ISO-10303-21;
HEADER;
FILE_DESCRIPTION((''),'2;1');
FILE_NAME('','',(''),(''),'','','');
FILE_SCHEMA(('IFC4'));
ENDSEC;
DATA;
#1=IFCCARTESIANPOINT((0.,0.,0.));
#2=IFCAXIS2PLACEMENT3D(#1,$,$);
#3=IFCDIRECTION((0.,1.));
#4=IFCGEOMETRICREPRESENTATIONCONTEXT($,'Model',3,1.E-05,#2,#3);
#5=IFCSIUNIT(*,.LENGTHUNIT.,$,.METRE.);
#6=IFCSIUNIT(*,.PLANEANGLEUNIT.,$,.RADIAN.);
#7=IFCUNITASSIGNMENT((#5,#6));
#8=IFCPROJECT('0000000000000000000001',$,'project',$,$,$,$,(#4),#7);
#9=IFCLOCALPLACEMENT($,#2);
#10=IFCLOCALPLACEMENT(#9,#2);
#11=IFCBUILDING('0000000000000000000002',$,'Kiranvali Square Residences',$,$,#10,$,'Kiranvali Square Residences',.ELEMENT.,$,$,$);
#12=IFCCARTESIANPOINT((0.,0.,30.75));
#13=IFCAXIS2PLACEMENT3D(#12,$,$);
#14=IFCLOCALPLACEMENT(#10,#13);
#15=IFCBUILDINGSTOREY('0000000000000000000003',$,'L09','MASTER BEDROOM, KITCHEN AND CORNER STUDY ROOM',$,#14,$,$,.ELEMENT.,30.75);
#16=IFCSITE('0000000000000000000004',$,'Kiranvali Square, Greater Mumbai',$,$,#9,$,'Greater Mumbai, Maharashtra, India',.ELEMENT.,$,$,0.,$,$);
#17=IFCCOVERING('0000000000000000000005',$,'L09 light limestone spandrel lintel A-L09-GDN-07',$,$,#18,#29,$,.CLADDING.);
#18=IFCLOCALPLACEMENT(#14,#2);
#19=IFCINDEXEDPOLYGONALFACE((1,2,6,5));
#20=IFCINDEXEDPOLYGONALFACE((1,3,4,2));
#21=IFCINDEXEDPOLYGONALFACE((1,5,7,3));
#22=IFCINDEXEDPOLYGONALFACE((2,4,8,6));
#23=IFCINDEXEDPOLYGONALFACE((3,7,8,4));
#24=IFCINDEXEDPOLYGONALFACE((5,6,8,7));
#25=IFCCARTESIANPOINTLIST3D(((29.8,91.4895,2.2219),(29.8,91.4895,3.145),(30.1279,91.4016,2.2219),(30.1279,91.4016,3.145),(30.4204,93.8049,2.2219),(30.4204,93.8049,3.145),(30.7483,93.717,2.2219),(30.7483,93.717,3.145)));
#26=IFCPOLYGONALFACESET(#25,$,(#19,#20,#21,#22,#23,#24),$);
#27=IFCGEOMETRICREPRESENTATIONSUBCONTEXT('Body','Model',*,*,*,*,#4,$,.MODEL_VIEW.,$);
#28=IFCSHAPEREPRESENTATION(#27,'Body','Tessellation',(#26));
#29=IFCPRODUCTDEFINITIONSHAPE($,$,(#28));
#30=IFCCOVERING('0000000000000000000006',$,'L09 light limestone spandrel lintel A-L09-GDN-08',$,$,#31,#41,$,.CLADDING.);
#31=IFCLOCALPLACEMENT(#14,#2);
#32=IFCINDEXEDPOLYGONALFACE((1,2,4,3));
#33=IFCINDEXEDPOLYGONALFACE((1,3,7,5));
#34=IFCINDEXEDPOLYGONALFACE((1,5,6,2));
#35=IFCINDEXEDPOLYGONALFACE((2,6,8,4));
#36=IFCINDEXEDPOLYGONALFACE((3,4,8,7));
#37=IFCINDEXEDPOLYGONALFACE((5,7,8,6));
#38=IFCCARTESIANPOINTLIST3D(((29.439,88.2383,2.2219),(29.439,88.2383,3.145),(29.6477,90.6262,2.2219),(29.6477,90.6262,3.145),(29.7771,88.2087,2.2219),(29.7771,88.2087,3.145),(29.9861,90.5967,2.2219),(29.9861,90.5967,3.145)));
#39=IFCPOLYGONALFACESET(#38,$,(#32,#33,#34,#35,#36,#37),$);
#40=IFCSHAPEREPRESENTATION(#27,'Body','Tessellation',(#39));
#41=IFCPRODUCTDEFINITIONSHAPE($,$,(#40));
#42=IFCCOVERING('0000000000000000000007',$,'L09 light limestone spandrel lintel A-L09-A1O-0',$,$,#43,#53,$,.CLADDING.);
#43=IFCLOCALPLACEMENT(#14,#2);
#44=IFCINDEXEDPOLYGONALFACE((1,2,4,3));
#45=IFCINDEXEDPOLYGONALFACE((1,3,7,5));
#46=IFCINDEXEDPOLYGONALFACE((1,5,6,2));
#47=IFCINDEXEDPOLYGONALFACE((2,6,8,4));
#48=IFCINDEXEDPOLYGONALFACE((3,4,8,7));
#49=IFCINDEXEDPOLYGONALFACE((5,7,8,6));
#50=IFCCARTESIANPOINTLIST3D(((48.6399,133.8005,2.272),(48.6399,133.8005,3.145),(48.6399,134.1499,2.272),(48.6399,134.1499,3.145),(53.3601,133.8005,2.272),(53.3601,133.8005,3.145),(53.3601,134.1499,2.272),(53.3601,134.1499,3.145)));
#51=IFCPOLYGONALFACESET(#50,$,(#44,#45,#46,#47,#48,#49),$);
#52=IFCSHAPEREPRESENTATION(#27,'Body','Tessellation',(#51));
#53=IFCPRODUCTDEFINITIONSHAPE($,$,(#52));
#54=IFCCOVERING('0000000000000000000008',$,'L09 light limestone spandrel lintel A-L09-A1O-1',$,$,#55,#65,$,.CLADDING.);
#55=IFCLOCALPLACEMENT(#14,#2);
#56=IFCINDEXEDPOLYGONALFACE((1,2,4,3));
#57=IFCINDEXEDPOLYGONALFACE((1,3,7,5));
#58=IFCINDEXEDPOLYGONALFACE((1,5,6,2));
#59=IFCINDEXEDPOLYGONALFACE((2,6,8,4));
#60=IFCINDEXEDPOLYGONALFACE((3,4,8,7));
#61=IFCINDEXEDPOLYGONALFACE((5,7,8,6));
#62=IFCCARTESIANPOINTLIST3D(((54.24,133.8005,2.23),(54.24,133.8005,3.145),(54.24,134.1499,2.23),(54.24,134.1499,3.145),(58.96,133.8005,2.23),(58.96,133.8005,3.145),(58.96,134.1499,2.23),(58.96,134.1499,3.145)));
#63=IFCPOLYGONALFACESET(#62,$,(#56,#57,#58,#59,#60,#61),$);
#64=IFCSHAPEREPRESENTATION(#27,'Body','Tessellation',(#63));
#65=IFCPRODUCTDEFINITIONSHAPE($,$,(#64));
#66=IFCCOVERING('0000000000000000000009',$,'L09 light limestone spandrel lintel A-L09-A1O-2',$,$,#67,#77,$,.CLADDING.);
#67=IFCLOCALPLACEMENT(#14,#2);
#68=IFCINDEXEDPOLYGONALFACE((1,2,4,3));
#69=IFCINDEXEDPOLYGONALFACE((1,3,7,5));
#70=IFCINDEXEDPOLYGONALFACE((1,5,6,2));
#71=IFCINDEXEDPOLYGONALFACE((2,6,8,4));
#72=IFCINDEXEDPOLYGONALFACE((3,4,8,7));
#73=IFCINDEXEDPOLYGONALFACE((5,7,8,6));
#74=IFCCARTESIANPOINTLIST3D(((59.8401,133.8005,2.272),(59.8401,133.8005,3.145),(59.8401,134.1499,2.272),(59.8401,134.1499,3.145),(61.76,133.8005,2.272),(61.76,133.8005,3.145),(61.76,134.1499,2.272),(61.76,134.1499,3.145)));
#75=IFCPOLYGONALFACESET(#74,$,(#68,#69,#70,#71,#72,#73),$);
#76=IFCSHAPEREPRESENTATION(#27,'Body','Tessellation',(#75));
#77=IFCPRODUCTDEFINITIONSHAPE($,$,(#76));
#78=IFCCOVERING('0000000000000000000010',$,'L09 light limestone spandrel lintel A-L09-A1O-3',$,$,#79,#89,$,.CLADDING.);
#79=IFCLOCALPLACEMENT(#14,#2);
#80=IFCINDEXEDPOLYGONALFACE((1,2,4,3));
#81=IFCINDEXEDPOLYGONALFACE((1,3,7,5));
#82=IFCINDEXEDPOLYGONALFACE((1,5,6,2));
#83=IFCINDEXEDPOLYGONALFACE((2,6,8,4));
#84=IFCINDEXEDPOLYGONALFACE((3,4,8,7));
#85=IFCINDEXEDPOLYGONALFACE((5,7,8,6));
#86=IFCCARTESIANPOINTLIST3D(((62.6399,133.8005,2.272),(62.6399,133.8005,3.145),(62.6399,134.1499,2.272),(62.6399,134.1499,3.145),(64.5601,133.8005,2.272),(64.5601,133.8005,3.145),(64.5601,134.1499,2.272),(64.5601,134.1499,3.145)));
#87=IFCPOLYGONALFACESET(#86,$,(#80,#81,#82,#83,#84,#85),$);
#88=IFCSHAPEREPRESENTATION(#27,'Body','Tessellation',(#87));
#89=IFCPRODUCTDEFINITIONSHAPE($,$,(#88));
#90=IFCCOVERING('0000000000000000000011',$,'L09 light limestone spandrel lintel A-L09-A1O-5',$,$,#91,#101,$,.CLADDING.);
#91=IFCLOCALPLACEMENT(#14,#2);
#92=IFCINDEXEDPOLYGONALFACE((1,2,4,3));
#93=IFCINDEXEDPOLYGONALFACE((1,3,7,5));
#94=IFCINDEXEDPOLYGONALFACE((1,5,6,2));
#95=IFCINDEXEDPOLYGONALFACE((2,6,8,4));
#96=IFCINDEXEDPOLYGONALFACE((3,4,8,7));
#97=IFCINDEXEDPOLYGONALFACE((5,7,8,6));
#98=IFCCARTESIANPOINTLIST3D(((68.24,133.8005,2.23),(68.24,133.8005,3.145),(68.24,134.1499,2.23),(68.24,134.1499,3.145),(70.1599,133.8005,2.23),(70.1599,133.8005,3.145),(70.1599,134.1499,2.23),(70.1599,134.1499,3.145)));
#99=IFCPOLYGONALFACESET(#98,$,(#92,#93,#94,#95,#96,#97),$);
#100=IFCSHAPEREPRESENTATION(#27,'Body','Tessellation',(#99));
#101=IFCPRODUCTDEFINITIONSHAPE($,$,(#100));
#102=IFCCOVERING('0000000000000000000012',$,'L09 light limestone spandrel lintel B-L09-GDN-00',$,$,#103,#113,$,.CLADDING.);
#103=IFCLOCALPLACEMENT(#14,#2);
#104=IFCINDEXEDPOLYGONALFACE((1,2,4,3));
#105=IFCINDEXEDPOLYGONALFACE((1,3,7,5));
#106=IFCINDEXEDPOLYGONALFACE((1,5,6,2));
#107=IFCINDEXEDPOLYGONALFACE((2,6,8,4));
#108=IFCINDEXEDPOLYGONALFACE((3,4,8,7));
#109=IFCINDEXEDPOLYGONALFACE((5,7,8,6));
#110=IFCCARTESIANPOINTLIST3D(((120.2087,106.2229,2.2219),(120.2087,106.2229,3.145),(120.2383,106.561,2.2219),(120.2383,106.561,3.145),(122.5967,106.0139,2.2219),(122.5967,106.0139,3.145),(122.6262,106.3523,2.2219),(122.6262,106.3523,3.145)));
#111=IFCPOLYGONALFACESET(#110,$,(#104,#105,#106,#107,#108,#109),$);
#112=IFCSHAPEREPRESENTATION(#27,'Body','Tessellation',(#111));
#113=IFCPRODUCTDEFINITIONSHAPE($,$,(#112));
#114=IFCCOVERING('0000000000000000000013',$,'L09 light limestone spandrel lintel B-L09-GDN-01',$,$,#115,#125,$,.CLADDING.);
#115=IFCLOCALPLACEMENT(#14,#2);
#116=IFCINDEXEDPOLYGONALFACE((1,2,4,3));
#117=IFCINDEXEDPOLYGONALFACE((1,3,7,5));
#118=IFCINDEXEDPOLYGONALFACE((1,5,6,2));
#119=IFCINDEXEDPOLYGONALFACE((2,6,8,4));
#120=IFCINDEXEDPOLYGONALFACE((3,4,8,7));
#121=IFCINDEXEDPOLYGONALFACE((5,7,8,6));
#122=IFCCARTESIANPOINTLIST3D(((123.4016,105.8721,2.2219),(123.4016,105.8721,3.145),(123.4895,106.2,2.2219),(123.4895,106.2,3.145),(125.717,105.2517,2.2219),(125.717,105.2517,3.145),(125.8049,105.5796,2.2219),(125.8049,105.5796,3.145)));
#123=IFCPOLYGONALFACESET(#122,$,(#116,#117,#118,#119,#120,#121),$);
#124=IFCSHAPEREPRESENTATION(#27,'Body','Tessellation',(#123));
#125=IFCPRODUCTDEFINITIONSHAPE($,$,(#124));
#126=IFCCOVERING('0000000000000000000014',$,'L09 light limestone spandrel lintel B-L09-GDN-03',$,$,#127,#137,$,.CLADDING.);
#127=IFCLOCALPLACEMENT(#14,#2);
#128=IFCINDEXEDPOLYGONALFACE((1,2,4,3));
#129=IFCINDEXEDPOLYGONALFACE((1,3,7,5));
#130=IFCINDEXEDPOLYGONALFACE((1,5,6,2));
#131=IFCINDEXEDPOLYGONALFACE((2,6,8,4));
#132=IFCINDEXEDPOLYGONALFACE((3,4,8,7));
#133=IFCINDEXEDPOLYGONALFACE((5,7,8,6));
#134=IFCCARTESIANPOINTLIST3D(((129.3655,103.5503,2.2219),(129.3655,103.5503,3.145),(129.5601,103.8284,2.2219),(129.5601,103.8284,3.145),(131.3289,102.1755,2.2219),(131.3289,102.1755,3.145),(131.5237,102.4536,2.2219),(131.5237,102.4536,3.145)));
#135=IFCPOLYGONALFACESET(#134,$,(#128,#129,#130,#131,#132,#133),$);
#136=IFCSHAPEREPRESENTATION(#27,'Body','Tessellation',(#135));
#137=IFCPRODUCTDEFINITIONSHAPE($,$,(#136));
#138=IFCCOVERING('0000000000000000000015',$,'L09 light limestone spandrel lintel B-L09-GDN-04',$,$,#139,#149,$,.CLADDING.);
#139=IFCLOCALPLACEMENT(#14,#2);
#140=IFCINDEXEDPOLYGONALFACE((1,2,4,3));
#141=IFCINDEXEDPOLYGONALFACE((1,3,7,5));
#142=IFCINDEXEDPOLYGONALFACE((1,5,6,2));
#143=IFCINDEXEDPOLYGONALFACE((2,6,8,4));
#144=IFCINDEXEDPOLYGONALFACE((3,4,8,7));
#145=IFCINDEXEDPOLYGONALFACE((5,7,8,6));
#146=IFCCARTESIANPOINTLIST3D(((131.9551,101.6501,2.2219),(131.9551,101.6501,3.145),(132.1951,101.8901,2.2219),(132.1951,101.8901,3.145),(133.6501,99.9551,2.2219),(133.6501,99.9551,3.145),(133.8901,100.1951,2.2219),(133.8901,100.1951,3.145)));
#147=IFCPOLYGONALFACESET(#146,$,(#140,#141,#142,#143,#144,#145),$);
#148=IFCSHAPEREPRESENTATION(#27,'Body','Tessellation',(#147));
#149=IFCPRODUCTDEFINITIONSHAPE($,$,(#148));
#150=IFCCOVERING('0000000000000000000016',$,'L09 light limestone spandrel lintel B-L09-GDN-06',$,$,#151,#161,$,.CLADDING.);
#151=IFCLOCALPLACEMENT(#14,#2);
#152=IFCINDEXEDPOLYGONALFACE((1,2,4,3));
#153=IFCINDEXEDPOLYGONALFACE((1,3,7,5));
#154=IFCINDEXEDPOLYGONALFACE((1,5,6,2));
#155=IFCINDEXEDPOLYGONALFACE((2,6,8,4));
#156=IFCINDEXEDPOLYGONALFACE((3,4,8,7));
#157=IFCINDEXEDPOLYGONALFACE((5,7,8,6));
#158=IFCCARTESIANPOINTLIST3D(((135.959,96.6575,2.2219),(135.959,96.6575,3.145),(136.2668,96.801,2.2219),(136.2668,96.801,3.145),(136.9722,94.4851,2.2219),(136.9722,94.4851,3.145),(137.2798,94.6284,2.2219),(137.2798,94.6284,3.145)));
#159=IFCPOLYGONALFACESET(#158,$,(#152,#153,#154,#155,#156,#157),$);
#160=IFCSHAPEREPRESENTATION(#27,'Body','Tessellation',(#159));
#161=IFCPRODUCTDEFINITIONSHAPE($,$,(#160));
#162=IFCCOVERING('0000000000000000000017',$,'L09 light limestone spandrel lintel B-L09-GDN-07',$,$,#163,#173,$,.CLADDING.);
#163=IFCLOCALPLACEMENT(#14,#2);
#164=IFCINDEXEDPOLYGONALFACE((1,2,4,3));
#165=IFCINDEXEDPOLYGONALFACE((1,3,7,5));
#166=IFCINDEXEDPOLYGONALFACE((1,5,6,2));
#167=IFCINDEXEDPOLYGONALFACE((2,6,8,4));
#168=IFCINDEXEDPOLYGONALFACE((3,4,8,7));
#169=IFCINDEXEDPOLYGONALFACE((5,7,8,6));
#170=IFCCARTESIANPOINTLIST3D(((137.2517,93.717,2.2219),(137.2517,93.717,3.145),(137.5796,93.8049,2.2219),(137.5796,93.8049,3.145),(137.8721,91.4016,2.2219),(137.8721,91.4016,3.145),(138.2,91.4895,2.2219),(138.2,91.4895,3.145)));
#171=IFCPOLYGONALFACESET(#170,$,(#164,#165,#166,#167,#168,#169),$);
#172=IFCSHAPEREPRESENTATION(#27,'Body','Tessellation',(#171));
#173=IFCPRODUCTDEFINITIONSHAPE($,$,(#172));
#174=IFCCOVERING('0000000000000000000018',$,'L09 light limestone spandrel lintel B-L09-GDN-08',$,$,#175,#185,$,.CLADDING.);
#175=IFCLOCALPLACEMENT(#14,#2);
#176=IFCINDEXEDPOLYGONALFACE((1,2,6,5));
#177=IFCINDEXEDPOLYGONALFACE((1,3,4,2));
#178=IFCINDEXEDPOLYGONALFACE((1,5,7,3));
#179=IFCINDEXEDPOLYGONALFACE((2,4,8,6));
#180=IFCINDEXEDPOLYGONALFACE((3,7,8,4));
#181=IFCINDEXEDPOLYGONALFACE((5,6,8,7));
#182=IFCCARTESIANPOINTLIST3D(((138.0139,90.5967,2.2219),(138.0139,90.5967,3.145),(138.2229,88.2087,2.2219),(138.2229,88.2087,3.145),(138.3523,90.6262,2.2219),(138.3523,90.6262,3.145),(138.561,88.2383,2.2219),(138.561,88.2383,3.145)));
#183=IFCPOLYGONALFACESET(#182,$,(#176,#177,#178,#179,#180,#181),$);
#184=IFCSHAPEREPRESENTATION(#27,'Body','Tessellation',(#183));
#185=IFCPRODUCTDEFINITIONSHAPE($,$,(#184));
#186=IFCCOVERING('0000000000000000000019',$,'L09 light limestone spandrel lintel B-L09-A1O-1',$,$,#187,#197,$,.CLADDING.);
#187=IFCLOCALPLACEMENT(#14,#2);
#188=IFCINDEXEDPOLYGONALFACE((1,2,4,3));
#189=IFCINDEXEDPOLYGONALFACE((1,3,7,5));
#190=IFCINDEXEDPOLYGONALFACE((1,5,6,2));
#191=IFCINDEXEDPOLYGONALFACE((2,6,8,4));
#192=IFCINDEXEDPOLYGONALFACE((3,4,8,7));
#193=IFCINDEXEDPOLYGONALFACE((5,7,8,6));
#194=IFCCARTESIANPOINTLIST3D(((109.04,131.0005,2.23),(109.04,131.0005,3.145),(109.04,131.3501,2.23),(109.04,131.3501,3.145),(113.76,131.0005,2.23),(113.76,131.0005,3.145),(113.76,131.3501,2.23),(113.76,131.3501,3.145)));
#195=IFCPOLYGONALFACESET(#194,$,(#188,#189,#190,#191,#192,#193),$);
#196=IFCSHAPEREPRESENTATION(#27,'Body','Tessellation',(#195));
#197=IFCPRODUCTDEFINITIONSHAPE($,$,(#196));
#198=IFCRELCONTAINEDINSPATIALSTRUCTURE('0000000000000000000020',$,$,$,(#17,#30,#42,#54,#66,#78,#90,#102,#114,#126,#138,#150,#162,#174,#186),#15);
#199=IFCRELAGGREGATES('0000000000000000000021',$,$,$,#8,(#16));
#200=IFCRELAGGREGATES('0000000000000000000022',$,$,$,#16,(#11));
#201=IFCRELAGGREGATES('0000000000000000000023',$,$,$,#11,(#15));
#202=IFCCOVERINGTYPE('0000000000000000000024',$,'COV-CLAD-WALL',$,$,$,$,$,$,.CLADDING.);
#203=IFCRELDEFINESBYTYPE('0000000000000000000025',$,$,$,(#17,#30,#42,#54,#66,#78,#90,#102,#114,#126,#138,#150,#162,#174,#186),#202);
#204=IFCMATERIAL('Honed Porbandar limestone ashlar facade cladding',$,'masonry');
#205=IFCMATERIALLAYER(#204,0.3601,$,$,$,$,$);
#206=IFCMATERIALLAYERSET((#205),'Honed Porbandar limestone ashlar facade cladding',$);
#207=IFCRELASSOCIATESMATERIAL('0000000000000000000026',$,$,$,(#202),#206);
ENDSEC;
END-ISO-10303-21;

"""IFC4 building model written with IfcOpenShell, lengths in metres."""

from ifc_helpers import new_model, si_unit, direction, frame, origin, place, context, subcontext, project, spatial, polyline, outline, extrude, material, layer, layer_set, type_object, element, save


model = new_model("IFC4")

# Units and contexts
model_context = context("Model", 3, precision=1e-05, world=origin(), true_north=direction((0.0, 1.0)))
body_context = subcontext(model_context, "Body", "Model", "MODEL_VIEW")
ifc_project = project(units=[si_unit("LENGTHUNIT", "METRE"), si_unit("PLANEANGLEUNIT", "RADIAN")], contexts=[model_context])

# Site, building, storey
site_placement = place(None, origin())
site = spatial("IfcSite", under=ifc_project, at=site_placement, Name="Kiranvali Square, Greater Mumbai", LongName="Greater Mumbai, Maharashtra, India", CompositionType="ELEMENT", RefElevation=0.0)
building_placement = place(site_placement, origin())
building = spatial("IfcBuilding", under=site, at=building_placement, Name="Kiranvali Square Residences", LongName="Kiranvali Square Residences", CompositionType="ELEMENT")
storey_placement = place(building_placement, frame((0.0, 0.0, 30.75)))
storey = spatial("IfcBuildingStorey", under=building, at=storey_placement, Name="L09", Description="MASTER BEDROOM, KITCHEN AND CORNER STUDY ROOM", CompositionType="ELEMENT", Elevation=30.75)

# Coverings
ifc_material = material(Name="Honed Porbandar limestone ashlar facade cladding", Category="masonry")
ifc_layer = layer(ifc_material, 0.3601)
ifc_layer_set = layer_set([ifc_layer], Name="Honed Porbandar limestone ashlar facade cladding")
covering_type = type_object("IfcCoveringType", Name="COV-CLAD-WALL", PredefinedType="CLADDING", material=ifc_layer_set)
covering_1_placement = place(storey_placement, frame((0.0, 0.0, 2.2219)))
element("IfcCovering", 1, at=covering_1_placement, inside=storey, type_object=covering_type, Name="L09 light limestone spandrel lintel A-L09-GDN-07", PredefinedType="CLADDING", context=body_context, shape_type="SweptSolid", body=[
    extrude(outline(polyline([(30.4204, 93.8049), (29.8, 91.4895), (30.1279, 91.4016), (30.7483, 93.717), (30.4204, 93.8049)])), origin(), (0.0, 0.0, 1.0), 0.9231),
])
covering_2_placement = place(storey_placement, frame((0.0, 0.0, 2.2219)))
element("IfcCovering", 2, at=covering_2_placement, inside=storey, type_object=covering_type, Name="L09 light limestone spandrel lintel A-L09-GDN-08", PredefinedType="CLADDING", context=body_context, shape_type="SweptSolid", body=[
    extrude(outline(polyline([(29.6477, 90.6262), (29.439, 88.2383), (29.7771, 88.2087), (29.9861, 90.5967), (29.6477, 90.6262)])), origin(), (0.0, 0.0, 1.0), 0.9231),
])
covering_3_placement = place(storey_placement, frame((0.0, 0.0, 2.272)))
element("IfcCovering", 3, at=covering_3_placement, inside=storey, type_object=covering_type, Name="L09 light limestone spandrel lintel A-L09-A1O-0", PredefinedType="CLADDING", context=body_context, shape_type="SweptSolid", body=[
    extrude(outline(polyline([(48.6399, 133.8005), (53.3601, 133.8005), (53.3601, 134.1499), (48.6399, 134.1499), (48.6399, 133.8005)])), origin(), (0.0, 0.0, 1.0), 0.873),
])
covering_4_placement = place(storey_placement, frame((0.0, 0.0, 2.23)))
element("IfcCovering", 4, at=covering_4_placement, inside=storey, type_object=covering_type, Name="L09 light limestone spandrel lintel A-L09-A1O-1", PredefinedType="CLADDING", context=body_context, shape_type="SweptSolid", body=[
    extrude(outline(polyline([(54.24, 133.8005), (58.96, 133.8005), (58.96, 134.1499), (54.24, 134.1499), (54.24, 133.8005)])), origin(), (0.0, 0.0, 1.0), 0.915),
])
covering_5_placement = place(storey_placement, frame((0.0, 0.0, 2.272)))
element("IfcCovering", 5, at=covering_5_placement, inside=storey, type_object=covering_type, Name="L09 light limestone spandrel lintel A-L09-A1O-2", PredefinedType="CLADDING", context=body_context, shape_type="SweptSolid", body=[
    extrude(outline(polyline([(59.8401, 133.8005), (61.76, 133.8005), (61.76, 134.1499), (59.8401, 134.1499), (59.8401, 133.8005)])), origin(), (0.0, 0.0, 1.0), 0.873),
])
covering_6_placement = place(storey_placement, frame((0.0, 0.0, 2.272)))
element("IfcCovering", 6, at=covering_6_placement, inside=storey, type_object=covering_type, Name="L09 light limestone spandrel lintel A-L09-A1O-3", PredefinedType="CLADDING", context=body_context, shape_type="SweptSolid", body=[
    extrude(outline(polyline([(62.6399, 133.8005), (64.5601, 133.8005), (64.5601, 134.1499), (62.6399, 134.1499), (62.6399, 133.8005)])), origin(), (0.0, 0.0, 1.0), 0.873),
])
covering_7_placement = place(storey_placement, frame((0.0, 0.0, 2.23)))
element("IfcCovering", 7, at=covering_7_placement, inside=storey, type_object=covering_type, Name="L09 light limestone spandrel lintel A-L09-A1O-5", PredefinedType="CLADDING", context=body_context, shape_type="SweptSolid", body=[
    extrude(outline(polyline([(68.24, 133.8005), (70.1599, 133.8005), (70.1599, 134.1499), (68.24, 134.1499), (68.24, 133.8005)])), origin(), (0.0, 0.0, 1.0), 0.915),
])
covering_8_placement = place(storey_placement, frame((0.0, 0.0, 2.2219)))
element("IfcCovering", 8, at=covering_8_placement, inside=storey, type_object=covering_type, Name="L09 light limestone spandrel lintel B-L09-GDN-00", PredefinedType="CLADDING", context=body_context, shape_type="SweptSolid", body=[
    extrude(outline(polyline([(120.2087, 106.2229), (122.5967, 106.0139), (122.6262, 106.3523), (120.2383, 106.561), (120.2087, 106.2229)])), origin(), (0.0, 0.0, 1.0), 0.9231),
])
covering_9_placement = place(storey_placement, frame((0.0, 0.0, 2.2219)))
element("IfcCovering", 9, at=covering_9_placement, inside=storey, type_object=covering_type, Name="L09 light limestone spandrel lintel B-L09-GDN-01", PredefinedType="CLADDING", context=body_context, shape_type="SweptSolid", body=[
    extrude(outline(polyline([(123.4016, 105.8721), (125.717, 105.2517), (125.8049, 105.5796), (123.4895, 106.2), (123.4016, 105.8721)])), origin(), (0.0, 0.0, 1.0), 0.9231),
])
covering_10_placement = place(storey_placement, frame((0.0, 0.0, 2.2219)))
element("IfcCovering", 10, at=covering_10_placement, inside=storey, type_object=covering_type, Name="L09 light limestone spandrel lintel B-L09-GDN-03", PredefinedType="CLADDING", context=body_context, shape_type="SweptSolid", body=[
    extrude(outline(polyline([(129.3655, 103.5503), (131.3289, 102.1755), (131.5237, 102.4536), (129.5601, 103.8284), (129.3655, 103.5503)])), origin(), (0.0, 0.0, 1.0), 0.9231),
])
covering_11_placement = place(storey_placement, frame((0.0, 0.0, 2.2219)))
element("IfcCovering", 11, at=covering_11_placement, inside=storey, type_object=covering_type, Name="L09 light limestone spandrel lintel B-L09-GDN-04", PredefinedType="CLADDING", context=body_context, shape_type="SweptSolid", body=[
    extrude(outline(polyline([(131.9551, 101.6501), (133.6501, 99.9551), (133.8901, 100.1951), (132.1951, 101.8901), (131.9551, 101.6501)])), origin(), (0.0, 0.0, 1.0), 0.9231),
])
covering_12_placement = place(storey_placement, frame((0.0, 0.0, 2.2219)))
element("IfcCovering", 12, at=covering_12_placement, inside=storey, type_object=covering_type, Name="L09 light limestone spandrel lintel B-L09-GDN-06", PredefinedType="CLADDING", context=body_context, shape_type="SweptSolid", body=[
    extrude(outline(polyline([(135.959, 96.6575), (136.9722, 94.4851), (137.2798, 94.6284), (136.2668, 96.801), (135.959, 96.6575)])), origin(), (0.0, 0.0, 1.0), 0.9231),
])
covering_13_placement = place(storey_placement, frame((0.0, 0.0, 2.2219)))
element("IfcCovering", 13, at=covering_13_placement, inside=storey, type_object=covering_type, Name="L09 light limestone spandrel lintel B-L09-GDN-07", PredefinedType="CLADDING", context=body_context, shape_type="SweptSolid", body=[
    extrude(outline(polyline([(137.2517, 93.717), (137.8721, 91.4016), (138.2, 91.4895), (137.5796, 93.8049), (137.2517, 93.717)])), origin(), (0.0, 0.0, 1.0), 0.9231),
])
covering_14_placement = place(storey_placement, frame((0.0, 0.0, 2.2219)))
element("IfcCovering", 14, at=covering_14_placement, inside=storey, type_object=covering_type, Name="L09 light limestone spandrel lintel B-L09-GDN-08", PredefinedType="CLADDING", context=body_context, shape_type="SweptSolid", body=[
    extrude(outline(polyline([(138.0139, 90.5967), (138.2229, 88.2087), (138.561, 88.2383), (138.3523, 90.6262), (138.0139, 90.5967)])), origin(), (0.0, 0.0, 1.0), 0.9231),
])
covering_15_placement = place(storey_placement, frame((0.0, 0.0, 2.23)))
element("IfcCovering", 15, at=covering_15_placement, inside=storey, type_object=covering_type, Name="L09 light limestone spandrel lintel B-L09-A1O-1", PredefinedType="CLADDING", context=body_context, shape_type="SweptSolid", body=[
    extrude(outline(polyline([(113.76, 131.3501), (109.04, 131.3501), (109.04, 131.0005), (113.76, 131.0005), (113.76, 131.3501)])), origin(), (0.0, 0.0, 1.0), 0.915),
])

save(model, "model.ifc")
